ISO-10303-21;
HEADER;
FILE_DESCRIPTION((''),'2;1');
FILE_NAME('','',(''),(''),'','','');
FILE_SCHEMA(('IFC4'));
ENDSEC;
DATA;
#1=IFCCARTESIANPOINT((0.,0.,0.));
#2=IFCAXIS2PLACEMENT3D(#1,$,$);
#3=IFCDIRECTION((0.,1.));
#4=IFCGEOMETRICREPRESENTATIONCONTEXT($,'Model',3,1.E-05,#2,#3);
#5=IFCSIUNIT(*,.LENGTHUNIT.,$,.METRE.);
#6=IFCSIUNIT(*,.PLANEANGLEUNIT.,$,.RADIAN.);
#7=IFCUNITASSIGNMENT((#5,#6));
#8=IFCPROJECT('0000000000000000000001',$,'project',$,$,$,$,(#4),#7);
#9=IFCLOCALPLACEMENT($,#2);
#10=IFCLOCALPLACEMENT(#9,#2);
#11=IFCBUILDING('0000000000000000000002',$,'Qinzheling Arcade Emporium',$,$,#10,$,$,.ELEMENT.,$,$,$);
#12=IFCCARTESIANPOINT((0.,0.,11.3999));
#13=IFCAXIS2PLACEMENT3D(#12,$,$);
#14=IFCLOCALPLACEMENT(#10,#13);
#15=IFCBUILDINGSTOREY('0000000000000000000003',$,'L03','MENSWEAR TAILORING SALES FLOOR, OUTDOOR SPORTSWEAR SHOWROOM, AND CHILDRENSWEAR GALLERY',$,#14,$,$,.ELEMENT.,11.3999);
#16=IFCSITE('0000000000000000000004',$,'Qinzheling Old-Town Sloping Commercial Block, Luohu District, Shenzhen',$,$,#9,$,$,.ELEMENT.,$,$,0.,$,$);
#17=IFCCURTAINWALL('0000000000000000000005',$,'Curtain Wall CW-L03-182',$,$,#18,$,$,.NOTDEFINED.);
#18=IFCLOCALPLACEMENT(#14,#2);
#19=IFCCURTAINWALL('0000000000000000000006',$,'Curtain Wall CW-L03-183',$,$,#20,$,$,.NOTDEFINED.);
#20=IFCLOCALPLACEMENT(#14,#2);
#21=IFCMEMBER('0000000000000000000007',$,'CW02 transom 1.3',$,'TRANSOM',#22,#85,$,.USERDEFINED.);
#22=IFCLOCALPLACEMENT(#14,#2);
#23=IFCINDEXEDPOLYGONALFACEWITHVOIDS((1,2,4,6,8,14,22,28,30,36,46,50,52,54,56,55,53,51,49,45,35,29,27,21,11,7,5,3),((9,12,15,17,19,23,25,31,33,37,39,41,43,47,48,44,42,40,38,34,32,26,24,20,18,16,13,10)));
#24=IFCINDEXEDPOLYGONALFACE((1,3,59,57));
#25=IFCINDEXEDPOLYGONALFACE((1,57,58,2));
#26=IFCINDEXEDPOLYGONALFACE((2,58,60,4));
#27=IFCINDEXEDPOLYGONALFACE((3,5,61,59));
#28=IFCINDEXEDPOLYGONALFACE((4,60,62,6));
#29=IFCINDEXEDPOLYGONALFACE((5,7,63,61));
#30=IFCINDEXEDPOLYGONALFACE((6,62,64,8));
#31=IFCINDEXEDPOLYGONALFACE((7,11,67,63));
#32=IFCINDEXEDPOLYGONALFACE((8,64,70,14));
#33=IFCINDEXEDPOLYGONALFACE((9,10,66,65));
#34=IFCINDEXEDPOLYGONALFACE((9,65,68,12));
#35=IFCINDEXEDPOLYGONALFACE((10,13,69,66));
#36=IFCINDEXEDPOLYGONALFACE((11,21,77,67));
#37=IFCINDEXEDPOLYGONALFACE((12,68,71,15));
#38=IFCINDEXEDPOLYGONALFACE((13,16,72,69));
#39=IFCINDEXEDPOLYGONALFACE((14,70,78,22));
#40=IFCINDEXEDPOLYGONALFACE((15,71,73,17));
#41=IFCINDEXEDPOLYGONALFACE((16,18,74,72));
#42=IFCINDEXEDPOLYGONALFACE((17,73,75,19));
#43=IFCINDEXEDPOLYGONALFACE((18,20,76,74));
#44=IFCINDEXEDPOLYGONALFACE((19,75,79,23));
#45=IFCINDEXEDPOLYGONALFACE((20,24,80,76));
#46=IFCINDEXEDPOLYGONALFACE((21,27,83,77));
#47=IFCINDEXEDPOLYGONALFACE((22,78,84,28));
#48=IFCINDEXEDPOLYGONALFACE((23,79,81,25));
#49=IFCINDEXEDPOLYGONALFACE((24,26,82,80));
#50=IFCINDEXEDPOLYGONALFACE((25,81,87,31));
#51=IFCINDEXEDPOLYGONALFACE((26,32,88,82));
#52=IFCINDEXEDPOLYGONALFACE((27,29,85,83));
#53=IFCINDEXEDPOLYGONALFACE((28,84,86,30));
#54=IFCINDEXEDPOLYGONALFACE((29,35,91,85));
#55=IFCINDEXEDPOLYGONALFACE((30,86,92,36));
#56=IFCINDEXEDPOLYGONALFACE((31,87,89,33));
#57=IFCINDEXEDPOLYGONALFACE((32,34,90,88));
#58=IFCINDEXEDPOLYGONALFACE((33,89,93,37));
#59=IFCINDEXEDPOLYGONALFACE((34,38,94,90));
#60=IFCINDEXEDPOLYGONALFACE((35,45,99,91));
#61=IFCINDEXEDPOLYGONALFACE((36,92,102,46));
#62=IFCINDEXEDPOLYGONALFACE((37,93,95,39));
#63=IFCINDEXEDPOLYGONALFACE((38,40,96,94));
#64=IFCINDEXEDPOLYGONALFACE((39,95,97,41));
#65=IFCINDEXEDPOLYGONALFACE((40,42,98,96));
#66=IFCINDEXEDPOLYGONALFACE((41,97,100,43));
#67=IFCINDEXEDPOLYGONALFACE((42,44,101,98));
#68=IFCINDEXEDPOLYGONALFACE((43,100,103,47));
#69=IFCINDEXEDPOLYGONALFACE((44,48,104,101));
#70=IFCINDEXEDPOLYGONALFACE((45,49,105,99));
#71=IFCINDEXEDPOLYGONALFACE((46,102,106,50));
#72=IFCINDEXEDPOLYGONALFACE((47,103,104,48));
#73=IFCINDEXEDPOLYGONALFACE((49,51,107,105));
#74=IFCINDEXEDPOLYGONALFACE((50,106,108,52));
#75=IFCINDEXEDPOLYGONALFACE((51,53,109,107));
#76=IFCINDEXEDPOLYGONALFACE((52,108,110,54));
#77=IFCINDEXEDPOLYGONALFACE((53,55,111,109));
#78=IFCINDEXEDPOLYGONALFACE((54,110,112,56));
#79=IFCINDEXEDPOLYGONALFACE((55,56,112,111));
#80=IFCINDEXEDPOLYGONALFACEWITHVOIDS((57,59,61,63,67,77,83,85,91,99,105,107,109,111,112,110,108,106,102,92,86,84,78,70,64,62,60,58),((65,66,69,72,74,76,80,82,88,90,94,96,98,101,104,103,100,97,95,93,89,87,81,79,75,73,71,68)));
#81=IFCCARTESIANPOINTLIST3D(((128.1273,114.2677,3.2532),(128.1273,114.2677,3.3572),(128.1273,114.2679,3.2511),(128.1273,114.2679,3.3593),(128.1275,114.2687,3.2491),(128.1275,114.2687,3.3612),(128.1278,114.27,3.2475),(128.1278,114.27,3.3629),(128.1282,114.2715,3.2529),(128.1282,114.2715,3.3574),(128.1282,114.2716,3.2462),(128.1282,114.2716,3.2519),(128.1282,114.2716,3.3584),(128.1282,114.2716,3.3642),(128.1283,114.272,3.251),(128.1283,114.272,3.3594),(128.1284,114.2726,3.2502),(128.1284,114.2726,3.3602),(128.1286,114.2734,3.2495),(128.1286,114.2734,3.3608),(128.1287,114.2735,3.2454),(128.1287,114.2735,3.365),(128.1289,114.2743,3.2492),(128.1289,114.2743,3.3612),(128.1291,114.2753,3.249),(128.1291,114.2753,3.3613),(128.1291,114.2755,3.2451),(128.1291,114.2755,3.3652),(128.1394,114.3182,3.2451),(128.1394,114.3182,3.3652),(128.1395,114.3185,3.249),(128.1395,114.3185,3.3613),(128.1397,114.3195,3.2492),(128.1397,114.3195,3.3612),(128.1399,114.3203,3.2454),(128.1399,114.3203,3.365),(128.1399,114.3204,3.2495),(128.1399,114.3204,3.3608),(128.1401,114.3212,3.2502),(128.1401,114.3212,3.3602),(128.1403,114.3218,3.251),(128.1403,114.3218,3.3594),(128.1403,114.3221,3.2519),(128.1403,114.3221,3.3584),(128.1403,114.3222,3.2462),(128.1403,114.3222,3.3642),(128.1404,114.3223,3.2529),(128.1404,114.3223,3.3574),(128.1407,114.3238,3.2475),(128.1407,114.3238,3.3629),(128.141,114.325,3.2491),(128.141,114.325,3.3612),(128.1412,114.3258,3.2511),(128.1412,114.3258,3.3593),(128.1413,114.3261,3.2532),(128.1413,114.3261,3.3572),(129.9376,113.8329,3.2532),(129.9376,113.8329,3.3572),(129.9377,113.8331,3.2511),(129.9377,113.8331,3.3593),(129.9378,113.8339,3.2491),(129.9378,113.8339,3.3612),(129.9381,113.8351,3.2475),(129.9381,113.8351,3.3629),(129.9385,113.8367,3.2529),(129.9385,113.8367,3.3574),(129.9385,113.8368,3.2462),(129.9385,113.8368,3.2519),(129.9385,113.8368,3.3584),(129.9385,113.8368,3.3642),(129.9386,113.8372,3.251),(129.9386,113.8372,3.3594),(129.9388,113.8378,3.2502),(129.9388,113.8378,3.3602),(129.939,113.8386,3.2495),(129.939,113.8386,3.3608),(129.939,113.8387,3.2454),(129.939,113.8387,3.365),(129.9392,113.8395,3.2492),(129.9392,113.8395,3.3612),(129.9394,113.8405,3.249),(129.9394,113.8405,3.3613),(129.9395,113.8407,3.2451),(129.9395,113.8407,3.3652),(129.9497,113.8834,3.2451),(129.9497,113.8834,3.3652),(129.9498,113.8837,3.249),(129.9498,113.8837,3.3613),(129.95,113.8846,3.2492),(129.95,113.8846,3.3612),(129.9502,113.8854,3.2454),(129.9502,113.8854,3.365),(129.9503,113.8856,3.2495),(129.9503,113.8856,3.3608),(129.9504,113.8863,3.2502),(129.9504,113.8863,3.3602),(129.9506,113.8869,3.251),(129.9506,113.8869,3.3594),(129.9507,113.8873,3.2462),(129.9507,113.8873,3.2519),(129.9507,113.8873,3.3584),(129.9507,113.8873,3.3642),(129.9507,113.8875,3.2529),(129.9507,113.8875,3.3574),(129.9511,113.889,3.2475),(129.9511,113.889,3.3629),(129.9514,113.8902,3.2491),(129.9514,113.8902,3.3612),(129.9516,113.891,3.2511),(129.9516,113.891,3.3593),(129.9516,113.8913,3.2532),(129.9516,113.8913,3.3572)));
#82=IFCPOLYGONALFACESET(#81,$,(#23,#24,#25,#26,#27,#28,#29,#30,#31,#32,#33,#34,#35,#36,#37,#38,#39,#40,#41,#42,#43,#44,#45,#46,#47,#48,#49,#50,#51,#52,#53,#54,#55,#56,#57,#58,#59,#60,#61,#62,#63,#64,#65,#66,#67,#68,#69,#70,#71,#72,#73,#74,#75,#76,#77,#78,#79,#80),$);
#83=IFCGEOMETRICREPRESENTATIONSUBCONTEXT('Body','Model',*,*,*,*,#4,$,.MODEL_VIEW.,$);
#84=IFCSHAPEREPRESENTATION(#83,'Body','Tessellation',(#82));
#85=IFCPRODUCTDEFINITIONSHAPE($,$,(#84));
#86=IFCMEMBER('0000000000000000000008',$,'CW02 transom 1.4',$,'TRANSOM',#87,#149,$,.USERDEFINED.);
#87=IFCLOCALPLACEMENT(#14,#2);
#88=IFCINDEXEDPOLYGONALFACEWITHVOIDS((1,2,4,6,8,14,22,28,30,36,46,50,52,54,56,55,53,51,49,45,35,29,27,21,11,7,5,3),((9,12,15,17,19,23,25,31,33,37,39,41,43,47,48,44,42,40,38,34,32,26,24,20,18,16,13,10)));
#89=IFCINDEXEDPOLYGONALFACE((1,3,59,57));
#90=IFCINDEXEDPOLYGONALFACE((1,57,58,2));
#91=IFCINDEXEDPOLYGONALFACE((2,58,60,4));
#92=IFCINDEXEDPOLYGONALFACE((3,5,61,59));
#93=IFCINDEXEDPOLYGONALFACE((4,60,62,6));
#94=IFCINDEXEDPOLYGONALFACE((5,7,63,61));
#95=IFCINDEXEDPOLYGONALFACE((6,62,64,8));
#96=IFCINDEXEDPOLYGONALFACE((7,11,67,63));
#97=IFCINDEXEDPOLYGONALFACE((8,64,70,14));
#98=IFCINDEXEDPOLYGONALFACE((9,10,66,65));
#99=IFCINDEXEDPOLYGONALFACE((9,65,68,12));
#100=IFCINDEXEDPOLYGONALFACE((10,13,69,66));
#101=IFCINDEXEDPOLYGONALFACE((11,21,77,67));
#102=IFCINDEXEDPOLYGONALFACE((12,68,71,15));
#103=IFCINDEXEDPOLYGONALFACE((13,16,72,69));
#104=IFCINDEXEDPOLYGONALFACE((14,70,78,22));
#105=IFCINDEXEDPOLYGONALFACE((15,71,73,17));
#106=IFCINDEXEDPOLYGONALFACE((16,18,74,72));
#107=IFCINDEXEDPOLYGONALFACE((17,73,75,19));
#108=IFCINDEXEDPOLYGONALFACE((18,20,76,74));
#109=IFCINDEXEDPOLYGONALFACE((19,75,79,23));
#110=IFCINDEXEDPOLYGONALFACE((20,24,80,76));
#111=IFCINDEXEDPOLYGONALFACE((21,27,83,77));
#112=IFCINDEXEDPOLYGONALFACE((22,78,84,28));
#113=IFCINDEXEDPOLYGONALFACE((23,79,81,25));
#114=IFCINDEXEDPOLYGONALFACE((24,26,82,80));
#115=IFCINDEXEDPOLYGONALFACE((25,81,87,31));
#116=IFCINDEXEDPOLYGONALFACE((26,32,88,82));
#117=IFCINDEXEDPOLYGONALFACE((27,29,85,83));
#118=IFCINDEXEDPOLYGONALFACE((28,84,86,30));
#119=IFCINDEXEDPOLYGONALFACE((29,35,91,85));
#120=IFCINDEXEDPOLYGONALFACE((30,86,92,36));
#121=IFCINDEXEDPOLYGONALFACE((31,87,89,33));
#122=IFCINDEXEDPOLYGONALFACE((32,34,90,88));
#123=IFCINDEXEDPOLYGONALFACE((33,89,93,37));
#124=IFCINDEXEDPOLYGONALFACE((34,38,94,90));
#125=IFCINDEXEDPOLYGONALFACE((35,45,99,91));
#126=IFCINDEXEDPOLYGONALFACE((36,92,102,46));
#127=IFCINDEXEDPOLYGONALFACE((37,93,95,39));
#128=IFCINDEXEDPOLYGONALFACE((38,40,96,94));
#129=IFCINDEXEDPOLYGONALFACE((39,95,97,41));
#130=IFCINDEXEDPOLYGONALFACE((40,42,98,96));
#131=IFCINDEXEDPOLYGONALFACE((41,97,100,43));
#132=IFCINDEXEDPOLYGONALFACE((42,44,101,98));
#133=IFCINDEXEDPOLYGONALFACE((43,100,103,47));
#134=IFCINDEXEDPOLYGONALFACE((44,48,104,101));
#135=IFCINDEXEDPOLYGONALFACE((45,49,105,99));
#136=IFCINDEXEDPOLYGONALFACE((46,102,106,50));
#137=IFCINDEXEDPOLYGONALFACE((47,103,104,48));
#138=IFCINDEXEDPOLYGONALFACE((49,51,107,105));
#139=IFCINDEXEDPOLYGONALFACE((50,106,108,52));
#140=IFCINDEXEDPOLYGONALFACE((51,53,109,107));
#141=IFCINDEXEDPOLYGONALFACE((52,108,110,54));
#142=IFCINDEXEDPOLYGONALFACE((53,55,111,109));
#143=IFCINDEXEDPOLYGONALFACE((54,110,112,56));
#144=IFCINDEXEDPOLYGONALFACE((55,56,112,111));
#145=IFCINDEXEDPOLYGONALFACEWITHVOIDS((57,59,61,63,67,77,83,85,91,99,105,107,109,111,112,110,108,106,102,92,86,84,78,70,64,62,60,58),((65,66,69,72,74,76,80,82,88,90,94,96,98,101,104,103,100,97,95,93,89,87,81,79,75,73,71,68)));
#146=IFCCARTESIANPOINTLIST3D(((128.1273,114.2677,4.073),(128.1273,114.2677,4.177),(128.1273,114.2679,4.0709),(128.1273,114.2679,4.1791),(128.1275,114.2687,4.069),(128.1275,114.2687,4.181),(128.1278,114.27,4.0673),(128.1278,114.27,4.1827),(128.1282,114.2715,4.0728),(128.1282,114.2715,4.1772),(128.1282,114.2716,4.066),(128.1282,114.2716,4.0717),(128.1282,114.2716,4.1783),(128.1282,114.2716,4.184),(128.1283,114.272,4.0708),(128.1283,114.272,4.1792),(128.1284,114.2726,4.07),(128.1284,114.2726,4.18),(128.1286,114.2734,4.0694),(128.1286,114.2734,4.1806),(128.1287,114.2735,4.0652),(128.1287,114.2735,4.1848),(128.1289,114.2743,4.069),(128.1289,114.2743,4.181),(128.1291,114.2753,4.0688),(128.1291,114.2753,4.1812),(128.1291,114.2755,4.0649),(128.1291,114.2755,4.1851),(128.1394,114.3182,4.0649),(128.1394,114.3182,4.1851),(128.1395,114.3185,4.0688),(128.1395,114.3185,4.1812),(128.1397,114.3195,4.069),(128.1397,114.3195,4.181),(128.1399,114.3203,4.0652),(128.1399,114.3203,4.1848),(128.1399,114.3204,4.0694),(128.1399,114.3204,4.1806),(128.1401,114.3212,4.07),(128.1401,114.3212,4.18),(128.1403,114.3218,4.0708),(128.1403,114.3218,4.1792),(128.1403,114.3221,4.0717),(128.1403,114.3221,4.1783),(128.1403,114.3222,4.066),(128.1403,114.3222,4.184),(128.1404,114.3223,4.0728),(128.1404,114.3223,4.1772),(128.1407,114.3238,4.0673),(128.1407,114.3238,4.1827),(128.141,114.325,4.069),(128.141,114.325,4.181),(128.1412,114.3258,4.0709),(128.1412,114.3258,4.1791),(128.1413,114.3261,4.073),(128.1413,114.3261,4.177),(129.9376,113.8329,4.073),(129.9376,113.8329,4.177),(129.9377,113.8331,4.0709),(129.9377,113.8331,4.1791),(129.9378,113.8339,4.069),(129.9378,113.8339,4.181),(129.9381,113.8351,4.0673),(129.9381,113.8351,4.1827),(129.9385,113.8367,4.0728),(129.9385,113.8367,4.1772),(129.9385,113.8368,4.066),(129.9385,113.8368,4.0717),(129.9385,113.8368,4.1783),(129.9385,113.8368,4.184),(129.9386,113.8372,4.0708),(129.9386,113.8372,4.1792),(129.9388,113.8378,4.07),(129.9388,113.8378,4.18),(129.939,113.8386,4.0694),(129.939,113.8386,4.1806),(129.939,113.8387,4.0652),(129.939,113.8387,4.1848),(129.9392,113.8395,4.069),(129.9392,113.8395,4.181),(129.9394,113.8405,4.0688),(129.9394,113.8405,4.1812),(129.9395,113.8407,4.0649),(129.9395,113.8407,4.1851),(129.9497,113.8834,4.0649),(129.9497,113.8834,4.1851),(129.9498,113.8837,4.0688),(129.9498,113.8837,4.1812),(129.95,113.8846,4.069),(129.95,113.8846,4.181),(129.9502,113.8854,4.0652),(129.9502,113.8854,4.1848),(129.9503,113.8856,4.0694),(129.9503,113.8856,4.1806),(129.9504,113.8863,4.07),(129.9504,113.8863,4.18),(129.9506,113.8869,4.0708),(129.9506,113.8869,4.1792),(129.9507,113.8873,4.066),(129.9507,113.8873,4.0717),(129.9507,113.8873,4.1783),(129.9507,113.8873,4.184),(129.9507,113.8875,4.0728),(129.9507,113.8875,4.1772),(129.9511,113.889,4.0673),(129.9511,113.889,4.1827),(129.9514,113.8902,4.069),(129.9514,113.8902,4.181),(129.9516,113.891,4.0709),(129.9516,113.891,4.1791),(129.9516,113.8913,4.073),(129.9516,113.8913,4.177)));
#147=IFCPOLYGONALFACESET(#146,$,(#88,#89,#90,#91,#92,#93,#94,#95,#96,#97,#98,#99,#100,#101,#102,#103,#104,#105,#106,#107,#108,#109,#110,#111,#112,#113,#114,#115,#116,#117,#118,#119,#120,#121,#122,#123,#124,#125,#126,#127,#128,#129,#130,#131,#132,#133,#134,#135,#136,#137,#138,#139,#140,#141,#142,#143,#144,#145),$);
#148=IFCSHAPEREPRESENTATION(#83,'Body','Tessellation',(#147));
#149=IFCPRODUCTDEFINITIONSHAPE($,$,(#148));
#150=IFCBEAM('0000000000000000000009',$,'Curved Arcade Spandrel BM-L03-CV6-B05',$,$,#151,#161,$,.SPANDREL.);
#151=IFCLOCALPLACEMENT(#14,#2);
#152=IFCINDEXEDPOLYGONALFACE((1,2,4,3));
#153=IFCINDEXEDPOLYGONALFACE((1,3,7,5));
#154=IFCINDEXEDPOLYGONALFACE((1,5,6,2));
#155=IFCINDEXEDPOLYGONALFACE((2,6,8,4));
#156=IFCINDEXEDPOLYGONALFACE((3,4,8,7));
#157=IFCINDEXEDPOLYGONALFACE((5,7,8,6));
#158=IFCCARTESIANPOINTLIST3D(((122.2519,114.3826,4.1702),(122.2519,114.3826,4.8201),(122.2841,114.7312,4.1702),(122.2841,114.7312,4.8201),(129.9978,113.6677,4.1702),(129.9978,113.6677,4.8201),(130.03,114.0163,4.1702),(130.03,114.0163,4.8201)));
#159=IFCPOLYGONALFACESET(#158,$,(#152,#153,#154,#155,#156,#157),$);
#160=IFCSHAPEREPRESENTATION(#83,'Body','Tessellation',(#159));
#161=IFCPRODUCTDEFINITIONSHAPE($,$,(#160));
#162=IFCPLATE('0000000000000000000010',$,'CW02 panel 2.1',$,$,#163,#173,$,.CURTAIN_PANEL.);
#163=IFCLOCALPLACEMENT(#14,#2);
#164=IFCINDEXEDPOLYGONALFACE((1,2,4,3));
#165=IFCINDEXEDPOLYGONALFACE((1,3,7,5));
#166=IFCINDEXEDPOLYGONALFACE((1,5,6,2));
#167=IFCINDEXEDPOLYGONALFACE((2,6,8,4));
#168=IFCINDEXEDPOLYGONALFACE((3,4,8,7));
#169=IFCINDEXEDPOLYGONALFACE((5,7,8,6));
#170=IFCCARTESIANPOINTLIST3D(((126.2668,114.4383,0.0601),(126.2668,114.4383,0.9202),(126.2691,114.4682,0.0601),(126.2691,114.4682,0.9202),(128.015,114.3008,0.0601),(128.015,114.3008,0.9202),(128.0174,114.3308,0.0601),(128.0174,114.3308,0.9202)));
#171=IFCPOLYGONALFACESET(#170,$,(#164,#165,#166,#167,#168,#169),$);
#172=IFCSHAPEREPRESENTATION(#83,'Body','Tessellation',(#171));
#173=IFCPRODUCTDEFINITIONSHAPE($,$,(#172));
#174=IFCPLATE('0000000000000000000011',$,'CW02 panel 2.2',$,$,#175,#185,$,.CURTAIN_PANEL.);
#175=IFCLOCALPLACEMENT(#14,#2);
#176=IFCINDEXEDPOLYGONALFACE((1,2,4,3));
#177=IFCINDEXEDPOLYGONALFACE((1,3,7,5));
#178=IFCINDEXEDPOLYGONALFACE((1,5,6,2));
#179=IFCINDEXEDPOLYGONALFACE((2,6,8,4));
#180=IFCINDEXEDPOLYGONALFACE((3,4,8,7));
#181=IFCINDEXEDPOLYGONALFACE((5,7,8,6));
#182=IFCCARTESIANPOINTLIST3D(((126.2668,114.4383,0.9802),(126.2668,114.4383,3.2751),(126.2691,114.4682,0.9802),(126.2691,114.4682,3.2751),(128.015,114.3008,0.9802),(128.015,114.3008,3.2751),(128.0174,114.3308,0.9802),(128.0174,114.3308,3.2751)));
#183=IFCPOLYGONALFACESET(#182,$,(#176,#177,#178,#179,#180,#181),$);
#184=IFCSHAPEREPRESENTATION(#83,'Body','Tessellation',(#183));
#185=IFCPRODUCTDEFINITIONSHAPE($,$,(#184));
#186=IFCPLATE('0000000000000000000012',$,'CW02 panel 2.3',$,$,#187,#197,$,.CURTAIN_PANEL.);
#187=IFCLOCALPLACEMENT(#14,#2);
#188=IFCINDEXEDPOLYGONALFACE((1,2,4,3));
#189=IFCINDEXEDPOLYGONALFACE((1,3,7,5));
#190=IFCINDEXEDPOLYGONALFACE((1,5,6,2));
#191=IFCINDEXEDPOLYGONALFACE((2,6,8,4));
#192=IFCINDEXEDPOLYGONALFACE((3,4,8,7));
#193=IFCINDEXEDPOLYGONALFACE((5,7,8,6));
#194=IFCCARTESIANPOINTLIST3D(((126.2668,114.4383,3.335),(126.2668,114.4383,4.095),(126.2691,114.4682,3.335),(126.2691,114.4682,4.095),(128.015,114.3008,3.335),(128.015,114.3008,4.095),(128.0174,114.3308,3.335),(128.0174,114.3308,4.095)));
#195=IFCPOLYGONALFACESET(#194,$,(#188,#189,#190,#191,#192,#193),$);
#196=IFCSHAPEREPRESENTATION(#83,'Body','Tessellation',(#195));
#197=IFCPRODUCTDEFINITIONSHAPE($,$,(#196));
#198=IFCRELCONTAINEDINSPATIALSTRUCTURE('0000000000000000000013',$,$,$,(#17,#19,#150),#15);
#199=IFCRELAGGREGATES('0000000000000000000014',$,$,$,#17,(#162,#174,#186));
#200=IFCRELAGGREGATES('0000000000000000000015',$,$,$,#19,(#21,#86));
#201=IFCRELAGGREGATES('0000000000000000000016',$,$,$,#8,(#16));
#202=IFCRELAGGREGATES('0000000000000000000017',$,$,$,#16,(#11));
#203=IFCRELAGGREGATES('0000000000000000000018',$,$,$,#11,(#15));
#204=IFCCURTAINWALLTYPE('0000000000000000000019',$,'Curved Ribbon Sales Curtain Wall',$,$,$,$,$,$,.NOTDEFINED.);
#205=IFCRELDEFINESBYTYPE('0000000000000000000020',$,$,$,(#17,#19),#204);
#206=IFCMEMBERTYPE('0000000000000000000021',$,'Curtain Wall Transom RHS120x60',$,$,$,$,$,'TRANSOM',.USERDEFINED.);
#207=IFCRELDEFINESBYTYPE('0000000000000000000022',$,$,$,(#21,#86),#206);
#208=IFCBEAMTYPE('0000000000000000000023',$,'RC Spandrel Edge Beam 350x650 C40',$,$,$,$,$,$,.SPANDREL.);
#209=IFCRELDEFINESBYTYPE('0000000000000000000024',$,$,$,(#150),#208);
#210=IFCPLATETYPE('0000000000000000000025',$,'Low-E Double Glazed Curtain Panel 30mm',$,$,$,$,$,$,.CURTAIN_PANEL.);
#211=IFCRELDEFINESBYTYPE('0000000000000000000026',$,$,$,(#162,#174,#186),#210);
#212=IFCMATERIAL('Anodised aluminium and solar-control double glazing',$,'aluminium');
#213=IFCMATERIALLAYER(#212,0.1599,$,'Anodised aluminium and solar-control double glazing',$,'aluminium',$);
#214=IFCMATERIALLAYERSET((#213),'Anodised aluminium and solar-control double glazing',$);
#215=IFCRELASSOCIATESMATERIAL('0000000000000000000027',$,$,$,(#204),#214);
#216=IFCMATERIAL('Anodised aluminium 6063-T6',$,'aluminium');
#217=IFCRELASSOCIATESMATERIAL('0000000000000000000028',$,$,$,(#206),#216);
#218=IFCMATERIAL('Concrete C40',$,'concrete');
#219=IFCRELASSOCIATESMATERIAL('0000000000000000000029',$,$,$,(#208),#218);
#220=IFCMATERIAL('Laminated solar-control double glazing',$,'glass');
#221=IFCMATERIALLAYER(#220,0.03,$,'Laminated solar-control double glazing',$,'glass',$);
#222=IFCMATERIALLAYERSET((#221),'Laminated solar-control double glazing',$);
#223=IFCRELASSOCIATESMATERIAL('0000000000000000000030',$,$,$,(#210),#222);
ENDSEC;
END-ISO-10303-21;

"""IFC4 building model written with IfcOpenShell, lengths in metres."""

from ifc_helpers import new_model, si_unit, direction, frame, origin, origin_2d, place, context, subcontext, project, spatial, rectangle, hollow_rectangle, extrude, material, layer, layer_set, material_profile, profile_set, type_object, element, aggregate, save


model = new_model("IFC4")

# Units and contexts
model_context = context("Model", 3, precision=1e-05, world=origin(), true_north=direction((0.0, 1.0)))
body_context = subcontext(model_context, "Body", "Model", "MODEL_VIEW")
ifc_project = project(units=[si_unit("LENGTHUNIT", "METRE"), si_unit("PLANEANGLEUNIT", "RADIAN")], contexts=[model_context])

# Site, building, storey
site_placement = place(None, origin())
site = spatial("IfcSite", under=ifc_project, at=site_placement, Name="Qinzheling Old-Town Sloping Commercial Block, Luohu District, Shenzhen", CompositionType="ELEMENT", RefElevation=0.0)
building_placement = place(site_placement, origin())
building = spatial("IfcBuilding", under=site, at=building_placement, Name="Qinzheling Arcade Emporium", CompositionType="ELEMENT")
storey_placement = place(building_placement, frame((0.0, 0.0, 11.3999)))
storey = spatial("IfcBuildingStorey", under=building, at=storey_placement, Name="L03", Description="MENSWEAR TAILORING SALES FLOOR, OUTDOOR SPORTSWEAR SHOWROOM, AND CHILDRENSWEAR GALLERY", CompositionType="ELEMENT", Elevation=11.3999)

# Curtain wall
ifc_material_1 = material(Name="Anodised aluminium and solar-control double glazing", Category="aluminium")
ifc_layer_1 = layer(ifc_material_1, 0.1599, Name="Anodised aluminium and solar-control double glazing", Category="aluminium")
ifc_layer_set_1 = layer_set([ifc_layer_1], Name="Anodised aluminium and solar-control double glazing")
curtain_wall_type = type_object("IfcCurtainWallType", Name="Curved Ribbon Sales Curtain Wall", PredefinedType="NOTDEFINED", material=ifc_layer_set_1)
curtain_wall_1_placement = place(storey_placement, origin())
curtain_wall_1 = element("IfcCurtainWall", 1, at=curtain_wall_1_placement, inside=storey, type_object=curtain_wall_type, Name="Curtain Wall CW-L03-182", PredefinedType="NOTDEFINED")
ifc_material_2 = material(Name="Anodised aluminium 6063-T6", Category="aluminium")

# Curtain wall
curtain_wall_2_placement = place(storey_placement, origin())
curtain_wall_2 = element("IfcCurtainWall", 2, at=curtain_wall_2_placement, inside=storey, type_object=curtain_wall_type, Name="Curtain Wall CW-L03-183", PredefinedType="NOTDEFINED")

# Members
ifc_material_profile_1 = material_profile(ifc_material_2, hollow_rectangle(XDim=0.0601, YDim=0.1201, WallThickness=0.0039, InnerFilletRadius=0.0039, OuterFilletRadius=0.0081, at=origin_2d()), Name="RHS 120x60x4", Category="aluminium")
ifc_profile_set_1 = profile_set([ifc_material_profile_1], Name="Anodised aluminium 6063-T6")
member_type_1 = type_object("IfcMemberType", Name="Curtain Wall Transom RHS120x60", ElementType="TRANSOM", PredefinedType="USERDEFINED", material=ifc_profile_set_1)
member_1_placement = place(storey_placement, frame((128.1343, 114.2969, 3.3052), z_axis=(0.972346, -0.233547, 0.0), x_axis=(0.233547, 0.972346, 0.0)))
member_1 = element("IfcMember", 3, at=member_1_placement, type_object=member_type_1, Name="CW02 transom 1.3", ObjectType="TRANSOM", PredefinedType="USERDEFINED", context=body_context, shape_type="SweptSolid", body=[
    extrude(hollow_rectangle(XDim=0.0601, YDim=0.1201, WallThickness=0.0039, InnerFilletRadius=0.0039, OuterFilletRadius=0.0081, at=origin_2d()), origin(), (0.0, 0.0, 1.0), 1.8618),
])
member_2_placement = place(storey_placement, frame((128.1343, 114.2969, 4.125), z_axis=(0.972346, -0.233547, 0.0), x_axis=(0.233547, 0.972346, 0.0)))
member_2 = element("IfcMember", 4, at=member_2_placement, type_object=member_type_1, Name="CW02 transom 1.4", ObjectType="TRANSOM", PredefinedType="USERDEFINED", context=body_context, shape_type="SweptSolid", body=[
    extrude(hollow_rectangle(XDim=0.0601, YDim=0.1201, WallThickness=0.0039, InnerFilletRadius=0.0039, OuterFilletRadius=0.0081, at=origin_2d()), origin(), (0.0, 0.0, 1.0), 1.8618),
])

# Beam
ifc_material_3 = material(Name="Concrete C40", Category="concrete")
ifc_material_profile_2 = material_profile(ifc_material_3, rectangle(XDim=0.3501, YDim=0.6499, at=origin_2d()), Name="RC 350x650", Category="concrete")
ifc_profile_set_2 = profile_set([ifc_material_profile_2], Name="Concrete C40")
beam_type = type_object("IfcBeamType", Name="RC Spandrel Edge Beam 350x650 C40", PredefinedType="SPANDREL", material=ifc_profile_set_2)
beam_placement = place(storey_placement, frame((130.0139, 113.842, 4.4951), z_axis=(-0.995769, 0.091897, 0.0), x_axis=(-0.091897, -0.995769, 0.0)))
element("IfcBeam", 5, at=beam_placement, inside=storey, type_object=beam_type, Name="Curved Arcade Spandrel BM-L03-CV6-B05", PredefinedType="SPANDREL", context=body_context, shape_type="SweptSolid", body=[
    extrude(rectangle(XDim=0.3501, YDim=0.6499, at=origin_2d()), origin(), (0.0, 0.0, 1.0), 7.7788),
])

# Plates
ifc_material_4 = material(Name="Laminated solar-control double glazing", Category="glass")
ifc_layer_2 = layer(ifc_material_4, 0.03, Name="Laminated solar-control double glazing", Category="glass")
ifc_layer_set_2 = layer_set([ifc_layer_2], Name="Laminated solar-control double glazing")
plate_type_1 = type_object("IfcPlateType", Name="Low-E Double Glazed Curtain Panel 30mm", PredefinedType="CURTAIN_PANEL", material=ifc_layer_set_2)
plate_1_placement = place(storey_placement, frame((127.1421, 114.3845, 0.0601), z_axis=(0.0, 0.0, 1.0), x_axis=(0.996924, -0.078376, 0.0)))
plate_1 = element("IfcPlate", 6, at=plate_1_placement, type_object=plate_type_1, Name="CW02 panel 2.1", PredefinedType="CURTAIN_PANEL", context=body_context, shape_type="SweptSolid", body=[
    extrude(rectangle(XDim=1.7537, YDim=0.03, at=origin_2d()), origin(), (0.0, 0.0, 1.0), 0.8601),
])
plate_2_placement = place(storey_placement, frame((127.1421, 114.3845, 0.9802), z_axis=(0.0, 0.0, 1.0), x_axis=(0.996924, -0.078376, 0.0)))
plate_2 = element("IfcPlate", 7, at=plate_2_placement, type_object=plate_type_1, Name="CW02 panel 2.2", PredefinedType="CURTAIN_PANEL", context=body_context, shape_type="SweptSolid", body=[
    extrude(rectangle(XDim=1.7537, YDim=0.03, at=origin_2d()), origin(), (0.0, 0.0, 1.0), 2.2949),
])
plate_3_placement = place(storey_placement, frame((127.1421, 114.3845, 3.335), z_axis=(0.0, 0.0, 1.0), x_axis=(0.996924, -0.078376, 0.0)))
plate_3 = element("IfcPlate", 8, at=plate_3_placement, type_object=plate_type_1, Name="CW02 panel 2.3", PredefinedType="CURTAIN_PANEL", context=body_context, shape_type="SweptSolid", body=[
    extrude(rectangle(XDim=1.7537, YDim=0.03, at=origin_2d()), origin(), (0.0, 0.0, 1.0), 0.76),
])
aggregate(curtain_wall_1, [plate_1, plate_2, plate_3])
aggregate(curtain_wall_2, [member_1, member_2])

save(model, "model.ifc")
